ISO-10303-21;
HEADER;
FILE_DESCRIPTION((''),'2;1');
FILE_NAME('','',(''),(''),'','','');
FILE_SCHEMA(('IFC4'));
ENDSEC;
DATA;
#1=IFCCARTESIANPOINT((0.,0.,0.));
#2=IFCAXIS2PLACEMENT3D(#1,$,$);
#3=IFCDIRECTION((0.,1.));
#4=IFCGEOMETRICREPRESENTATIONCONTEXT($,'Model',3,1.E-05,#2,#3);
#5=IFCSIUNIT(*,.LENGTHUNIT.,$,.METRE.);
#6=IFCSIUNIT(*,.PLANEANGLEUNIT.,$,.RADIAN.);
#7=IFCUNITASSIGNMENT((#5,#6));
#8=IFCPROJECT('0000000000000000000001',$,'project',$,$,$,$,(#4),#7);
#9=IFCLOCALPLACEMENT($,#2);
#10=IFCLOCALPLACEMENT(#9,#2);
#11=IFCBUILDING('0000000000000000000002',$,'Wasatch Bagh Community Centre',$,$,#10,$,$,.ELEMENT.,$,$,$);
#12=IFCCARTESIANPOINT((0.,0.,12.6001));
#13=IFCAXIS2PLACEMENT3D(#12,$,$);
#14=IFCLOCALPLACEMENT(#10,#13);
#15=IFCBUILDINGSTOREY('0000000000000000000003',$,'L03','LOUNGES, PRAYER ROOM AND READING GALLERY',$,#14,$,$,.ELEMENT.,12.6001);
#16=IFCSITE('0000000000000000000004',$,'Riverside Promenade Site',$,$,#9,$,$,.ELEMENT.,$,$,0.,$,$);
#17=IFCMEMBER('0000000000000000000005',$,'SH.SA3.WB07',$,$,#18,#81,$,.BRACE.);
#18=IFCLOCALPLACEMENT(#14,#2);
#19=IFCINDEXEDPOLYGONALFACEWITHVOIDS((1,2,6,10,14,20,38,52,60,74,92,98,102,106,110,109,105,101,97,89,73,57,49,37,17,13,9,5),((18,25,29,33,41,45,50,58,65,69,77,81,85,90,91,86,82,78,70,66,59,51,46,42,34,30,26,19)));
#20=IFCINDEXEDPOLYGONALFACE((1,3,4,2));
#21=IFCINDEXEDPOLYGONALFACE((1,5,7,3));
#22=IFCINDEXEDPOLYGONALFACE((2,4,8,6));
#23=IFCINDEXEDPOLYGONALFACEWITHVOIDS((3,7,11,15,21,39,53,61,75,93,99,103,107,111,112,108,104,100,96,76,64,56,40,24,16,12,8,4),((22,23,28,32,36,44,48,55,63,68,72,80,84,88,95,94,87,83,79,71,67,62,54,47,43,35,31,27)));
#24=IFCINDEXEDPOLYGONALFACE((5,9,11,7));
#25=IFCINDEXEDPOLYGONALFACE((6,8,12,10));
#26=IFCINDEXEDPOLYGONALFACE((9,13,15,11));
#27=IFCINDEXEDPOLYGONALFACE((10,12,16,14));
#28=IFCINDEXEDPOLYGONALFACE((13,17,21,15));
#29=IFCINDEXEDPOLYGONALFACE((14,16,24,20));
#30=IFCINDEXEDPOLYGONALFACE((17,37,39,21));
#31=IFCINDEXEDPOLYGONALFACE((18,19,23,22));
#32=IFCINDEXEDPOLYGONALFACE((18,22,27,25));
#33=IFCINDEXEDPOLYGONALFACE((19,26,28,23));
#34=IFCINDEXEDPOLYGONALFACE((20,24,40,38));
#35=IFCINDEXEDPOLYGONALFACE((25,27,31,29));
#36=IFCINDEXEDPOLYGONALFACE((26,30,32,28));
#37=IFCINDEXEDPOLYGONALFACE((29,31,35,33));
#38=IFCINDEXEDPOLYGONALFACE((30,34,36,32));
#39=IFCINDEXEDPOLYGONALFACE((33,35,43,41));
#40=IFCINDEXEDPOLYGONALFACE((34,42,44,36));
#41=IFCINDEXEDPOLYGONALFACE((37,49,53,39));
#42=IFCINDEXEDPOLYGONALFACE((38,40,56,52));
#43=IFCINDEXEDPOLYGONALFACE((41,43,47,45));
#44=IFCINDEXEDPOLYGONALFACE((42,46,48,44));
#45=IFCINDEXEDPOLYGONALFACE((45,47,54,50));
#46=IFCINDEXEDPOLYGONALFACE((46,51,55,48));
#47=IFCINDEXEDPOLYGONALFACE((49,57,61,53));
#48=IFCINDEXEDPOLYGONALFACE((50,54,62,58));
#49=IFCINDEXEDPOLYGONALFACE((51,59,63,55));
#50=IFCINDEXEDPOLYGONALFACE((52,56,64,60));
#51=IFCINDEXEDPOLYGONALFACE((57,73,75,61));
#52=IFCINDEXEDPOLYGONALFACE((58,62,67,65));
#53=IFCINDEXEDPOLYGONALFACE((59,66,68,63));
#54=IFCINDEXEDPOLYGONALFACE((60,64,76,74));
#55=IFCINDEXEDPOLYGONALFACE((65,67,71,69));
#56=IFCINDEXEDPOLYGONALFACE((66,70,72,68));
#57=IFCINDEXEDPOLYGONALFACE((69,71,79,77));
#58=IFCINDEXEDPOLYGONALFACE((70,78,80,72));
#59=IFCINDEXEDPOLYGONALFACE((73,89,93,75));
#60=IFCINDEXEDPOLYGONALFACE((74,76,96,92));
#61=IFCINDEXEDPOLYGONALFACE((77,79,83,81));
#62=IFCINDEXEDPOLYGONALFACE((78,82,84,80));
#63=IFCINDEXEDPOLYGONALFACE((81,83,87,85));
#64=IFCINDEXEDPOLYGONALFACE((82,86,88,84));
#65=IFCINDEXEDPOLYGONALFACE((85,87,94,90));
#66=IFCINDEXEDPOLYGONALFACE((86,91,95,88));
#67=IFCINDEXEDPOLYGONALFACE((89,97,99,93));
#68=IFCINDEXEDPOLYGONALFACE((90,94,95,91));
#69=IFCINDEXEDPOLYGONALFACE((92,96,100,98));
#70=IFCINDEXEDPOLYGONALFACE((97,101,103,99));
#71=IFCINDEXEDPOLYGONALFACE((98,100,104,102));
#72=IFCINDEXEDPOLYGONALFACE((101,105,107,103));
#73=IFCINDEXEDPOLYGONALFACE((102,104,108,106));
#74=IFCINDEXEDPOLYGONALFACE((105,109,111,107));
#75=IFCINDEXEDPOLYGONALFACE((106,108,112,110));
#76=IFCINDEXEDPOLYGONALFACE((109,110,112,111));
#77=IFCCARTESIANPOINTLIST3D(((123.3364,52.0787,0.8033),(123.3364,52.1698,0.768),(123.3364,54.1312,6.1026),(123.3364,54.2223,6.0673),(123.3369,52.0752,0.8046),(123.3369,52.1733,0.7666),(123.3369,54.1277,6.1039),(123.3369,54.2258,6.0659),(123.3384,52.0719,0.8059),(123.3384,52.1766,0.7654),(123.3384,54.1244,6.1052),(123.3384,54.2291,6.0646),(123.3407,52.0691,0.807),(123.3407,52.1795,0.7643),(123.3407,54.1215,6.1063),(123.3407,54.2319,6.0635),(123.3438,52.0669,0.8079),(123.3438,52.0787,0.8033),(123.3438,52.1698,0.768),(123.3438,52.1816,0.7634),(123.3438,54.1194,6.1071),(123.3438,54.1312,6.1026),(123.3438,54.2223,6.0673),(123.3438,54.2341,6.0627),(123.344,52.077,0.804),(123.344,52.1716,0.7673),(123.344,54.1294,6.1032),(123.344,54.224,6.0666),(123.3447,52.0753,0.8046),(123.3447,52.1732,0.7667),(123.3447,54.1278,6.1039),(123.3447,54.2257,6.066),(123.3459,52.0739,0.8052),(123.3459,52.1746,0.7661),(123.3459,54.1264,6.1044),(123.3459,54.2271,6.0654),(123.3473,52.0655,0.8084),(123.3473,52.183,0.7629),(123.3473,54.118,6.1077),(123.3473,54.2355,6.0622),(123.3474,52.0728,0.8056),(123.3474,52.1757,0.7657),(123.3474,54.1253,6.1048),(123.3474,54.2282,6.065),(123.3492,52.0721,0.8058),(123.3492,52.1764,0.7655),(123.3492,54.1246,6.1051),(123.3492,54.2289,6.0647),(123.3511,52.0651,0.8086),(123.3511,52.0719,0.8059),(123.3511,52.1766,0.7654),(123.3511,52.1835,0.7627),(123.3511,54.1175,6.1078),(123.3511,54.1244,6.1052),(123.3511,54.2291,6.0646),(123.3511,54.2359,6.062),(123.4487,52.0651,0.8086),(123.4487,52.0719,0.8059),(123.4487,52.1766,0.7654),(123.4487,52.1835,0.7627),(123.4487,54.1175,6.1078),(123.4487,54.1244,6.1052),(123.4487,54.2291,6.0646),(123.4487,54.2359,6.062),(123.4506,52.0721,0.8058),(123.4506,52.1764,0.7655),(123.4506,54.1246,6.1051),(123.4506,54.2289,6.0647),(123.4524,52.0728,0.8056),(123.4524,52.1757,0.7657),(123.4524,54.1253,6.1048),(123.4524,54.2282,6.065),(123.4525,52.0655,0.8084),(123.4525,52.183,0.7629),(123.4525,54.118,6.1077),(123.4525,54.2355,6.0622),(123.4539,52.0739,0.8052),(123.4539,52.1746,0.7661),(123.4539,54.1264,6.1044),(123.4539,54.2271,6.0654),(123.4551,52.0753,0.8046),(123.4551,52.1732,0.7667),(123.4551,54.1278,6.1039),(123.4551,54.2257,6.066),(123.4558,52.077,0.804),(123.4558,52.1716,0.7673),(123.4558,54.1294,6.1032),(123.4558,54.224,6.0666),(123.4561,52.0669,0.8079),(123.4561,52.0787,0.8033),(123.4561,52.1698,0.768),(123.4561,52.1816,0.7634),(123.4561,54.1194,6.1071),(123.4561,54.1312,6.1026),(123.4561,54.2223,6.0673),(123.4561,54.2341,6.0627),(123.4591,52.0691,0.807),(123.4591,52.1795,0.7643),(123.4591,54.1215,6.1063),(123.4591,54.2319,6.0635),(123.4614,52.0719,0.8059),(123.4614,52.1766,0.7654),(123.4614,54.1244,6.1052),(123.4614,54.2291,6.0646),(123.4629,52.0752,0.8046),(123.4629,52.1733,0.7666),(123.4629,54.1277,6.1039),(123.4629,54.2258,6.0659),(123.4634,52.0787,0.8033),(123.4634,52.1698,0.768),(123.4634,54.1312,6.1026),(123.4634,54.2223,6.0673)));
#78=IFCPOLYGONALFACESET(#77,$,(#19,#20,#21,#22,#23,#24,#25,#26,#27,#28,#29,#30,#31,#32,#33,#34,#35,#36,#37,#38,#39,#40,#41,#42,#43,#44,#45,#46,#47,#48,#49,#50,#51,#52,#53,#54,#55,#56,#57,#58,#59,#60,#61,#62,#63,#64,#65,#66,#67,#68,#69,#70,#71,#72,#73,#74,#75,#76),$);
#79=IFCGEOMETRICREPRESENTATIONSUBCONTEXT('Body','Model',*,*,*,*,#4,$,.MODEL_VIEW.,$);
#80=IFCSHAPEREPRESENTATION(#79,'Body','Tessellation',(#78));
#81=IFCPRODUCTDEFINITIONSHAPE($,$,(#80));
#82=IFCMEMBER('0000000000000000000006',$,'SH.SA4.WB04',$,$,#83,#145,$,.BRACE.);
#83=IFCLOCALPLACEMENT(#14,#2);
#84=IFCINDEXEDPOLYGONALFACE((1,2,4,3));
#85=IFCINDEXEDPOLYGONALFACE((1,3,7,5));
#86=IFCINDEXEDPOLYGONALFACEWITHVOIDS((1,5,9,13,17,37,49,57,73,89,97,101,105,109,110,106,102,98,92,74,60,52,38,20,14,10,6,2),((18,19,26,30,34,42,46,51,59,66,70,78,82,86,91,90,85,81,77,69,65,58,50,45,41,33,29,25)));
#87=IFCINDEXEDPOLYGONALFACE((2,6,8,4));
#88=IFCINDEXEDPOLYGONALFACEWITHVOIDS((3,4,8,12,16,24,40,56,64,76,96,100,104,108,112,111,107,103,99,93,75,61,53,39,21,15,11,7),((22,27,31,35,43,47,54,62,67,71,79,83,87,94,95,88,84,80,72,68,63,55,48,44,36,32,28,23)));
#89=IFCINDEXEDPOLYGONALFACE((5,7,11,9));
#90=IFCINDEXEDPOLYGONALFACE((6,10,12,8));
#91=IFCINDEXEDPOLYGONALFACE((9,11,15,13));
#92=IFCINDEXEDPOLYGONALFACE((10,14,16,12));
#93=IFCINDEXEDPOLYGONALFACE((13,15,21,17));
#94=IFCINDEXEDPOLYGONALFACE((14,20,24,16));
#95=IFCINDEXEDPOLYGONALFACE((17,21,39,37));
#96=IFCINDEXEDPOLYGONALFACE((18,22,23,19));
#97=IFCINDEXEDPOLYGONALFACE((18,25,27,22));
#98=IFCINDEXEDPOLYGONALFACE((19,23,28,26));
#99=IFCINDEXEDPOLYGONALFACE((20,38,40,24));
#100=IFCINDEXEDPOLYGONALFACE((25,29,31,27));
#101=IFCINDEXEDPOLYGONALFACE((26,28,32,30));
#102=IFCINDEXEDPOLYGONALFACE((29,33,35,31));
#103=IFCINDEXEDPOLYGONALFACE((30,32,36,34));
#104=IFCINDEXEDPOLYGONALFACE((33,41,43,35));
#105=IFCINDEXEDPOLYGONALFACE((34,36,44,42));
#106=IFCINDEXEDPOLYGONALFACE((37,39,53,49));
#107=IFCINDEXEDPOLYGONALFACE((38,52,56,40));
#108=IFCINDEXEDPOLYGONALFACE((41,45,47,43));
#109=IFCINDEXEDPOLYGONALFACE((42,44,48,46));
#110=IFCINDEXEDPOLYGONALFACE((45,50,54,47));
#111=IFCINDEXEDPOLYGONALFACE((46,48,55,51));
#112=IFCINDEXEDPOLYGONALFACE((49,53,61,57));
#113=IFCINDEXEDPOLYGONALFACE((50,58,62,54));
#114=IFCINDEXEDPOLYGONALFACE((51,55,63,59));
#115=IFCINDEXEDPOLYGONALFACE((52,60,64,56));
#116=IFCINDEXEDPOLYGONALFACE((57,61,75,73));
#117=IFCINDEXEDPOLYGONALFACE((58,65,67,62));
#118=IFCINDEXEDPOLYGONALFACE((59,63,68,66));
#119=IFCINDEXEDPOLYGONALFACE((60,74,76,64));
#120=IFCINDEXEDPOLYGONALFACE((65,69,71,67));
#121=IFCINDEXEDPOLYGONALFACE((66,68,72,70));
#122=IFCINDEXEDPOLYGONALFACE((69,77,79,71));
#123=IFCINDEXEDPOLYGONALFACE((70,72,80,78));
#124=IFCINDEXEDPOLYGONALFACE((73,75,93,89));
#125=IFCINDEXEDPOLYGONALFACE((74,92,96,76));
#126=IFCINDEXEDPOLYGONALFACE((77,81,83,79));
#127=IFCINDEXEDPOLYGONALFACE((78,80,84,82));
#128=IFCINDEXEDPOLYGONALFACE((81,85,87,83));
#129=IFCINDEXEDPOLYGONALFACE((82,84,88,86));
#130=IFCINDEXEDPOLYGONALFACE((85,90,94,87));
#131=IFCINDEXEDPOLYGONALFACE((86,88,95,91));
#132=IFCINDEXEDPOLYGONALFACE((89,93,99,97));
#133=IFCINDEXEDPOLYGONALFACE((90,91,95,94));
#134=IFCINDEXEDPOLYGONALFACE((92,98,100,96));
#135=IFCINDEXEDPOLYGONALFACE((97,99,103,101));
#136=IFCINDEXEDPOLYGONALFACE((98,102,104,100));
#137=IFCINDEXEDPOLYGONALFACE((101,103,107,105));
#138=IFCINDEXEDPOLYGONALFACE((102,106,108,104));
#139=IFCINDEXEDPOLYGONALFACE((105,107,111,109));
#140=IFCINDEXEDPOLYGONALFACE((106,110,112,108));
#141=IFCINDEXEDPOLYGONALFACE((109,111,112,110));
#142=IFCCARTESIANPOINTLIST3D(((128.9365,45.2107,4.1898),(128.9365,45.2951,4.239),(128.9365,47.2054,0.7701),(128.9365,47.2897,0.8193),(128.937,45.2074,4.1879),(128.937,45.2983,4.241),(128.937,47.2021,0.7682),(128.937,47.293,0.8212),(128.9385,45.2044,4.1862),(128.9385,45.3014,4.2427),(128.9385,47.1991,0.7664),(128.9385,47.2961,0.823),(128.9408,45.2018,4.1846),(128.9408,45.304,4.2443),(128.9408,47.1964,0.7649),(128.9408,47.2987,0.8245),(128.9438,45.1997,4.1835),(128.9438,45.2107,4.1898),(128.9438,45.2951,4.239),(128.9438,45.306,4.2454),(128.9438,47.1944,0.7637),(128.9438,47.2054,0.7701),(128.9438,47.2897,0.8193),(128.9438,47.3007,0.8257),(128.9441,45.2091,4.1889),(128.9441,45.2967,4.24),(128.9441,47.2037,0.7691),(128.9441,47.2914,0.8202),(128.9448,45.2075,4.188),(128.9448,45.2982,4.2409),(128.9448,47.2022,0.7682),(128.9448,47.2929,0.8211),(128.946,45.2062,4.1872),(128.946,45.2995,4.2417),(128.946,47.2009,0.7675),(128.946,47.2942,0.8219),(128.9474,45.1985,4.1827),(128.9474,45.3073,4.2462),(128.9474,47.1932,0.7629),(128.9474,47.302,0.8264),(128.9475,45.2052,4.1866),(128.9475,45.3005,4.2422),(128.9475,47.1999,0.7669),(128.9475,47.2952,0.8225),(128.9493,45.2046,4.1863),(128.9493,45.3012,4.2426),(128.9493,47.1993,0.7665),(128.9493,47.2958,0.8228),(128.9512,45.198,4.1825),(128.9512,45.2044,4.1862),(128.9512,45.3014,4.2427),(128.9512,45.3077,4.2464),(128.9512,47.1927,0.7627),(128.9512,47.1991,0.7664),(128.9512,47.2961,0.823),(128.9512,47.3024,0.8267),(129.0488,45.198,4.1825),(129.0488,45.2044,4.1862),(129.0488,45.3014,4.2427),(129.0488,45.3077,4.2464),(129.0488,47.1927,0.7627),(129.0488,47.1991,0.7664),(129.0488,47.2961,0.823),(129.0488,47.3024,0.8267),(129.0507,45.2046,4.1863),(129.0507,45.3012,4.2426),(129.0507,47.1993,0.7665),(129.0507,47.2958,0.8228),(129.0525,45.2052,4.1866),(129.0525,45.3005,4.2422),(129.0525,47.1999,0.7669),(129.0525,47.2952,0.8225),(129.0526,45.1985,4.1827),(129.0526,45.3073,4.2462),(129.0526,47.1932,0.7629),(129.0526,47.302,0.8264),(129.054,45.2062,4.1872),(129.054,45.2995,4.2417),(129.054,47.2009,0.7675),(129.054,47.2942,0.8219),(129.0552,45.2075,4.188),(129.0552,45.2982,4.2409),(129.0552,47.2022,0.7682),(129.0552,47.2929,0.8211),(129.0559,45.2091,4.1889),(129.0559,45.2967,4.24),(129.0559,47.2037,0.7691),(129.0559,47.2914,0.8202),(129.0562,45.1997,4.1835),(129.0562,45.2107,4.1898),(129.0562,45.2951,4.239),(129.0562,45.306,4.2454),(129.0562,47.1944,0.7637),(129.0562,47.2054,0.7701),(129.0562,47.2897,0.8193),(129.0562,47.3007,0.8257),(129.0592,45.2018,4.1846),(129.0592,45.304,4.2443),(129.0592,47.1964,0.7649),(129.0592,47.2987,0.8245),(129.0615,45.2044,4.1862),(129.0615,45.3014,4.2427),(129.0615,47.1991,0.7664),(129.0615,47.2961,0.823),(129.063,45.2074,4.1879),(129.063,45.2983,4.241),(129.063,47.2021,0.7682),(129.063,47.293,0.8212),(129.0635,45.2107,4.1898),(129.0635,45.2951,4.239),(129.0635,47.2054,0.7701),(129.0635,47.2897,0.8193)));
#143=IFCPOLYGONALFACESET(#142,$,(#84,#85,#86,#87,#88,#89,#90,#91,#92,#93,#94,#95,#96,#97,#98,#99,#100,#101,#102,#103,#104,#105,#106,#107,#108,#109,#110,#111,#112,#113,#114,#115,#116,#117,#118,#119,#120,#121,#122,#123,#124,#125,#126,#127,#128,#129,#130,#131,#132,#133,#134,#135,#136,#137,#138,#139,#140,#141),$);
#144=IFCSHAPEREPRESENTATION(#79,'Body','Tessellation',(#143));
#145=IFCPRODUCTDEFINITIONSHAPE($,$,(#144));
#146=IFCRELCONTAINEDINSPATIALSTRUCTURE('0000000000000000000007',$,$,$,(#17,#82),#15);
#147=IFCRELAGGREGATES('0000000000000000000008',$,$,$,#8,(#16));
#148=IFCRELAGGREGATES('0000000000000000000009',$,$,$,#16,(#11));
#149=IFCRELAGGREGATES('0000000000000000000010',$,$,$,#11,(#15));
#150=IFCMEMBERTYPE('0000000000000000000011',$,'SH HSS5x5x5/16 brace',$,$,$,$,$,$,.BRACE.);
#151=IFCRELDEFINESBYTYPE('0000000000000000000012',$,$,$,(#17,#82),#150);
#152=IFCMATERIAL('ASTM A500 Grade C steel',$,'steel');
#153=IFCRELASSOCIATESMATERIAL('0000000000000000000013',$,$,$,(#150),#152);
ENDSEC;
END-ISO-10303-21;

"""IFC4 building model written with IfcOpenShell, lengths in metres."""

from ifc_helpers import new_model, si_unit, direction, frame, origin, origin_2d, place, context, subcontext, project, spatial, hollow_rectangle, extrude, material, material_profile, profile_set, type_object, element, save


model = new_model("IFC4")

# Units and contexts
model_context = context("Model", 3, precision=1e-05, world=origin(), true_north=direction((0.0, 1.0)))
body_context = subcontext(model_context, "Body", "Model", "MODEL_VIEW")
ifc_project = project(units=[si_unit("LENGTHUNIT", "METRE"), si_unit("PLANEANGLEUNIT", "RADIAN")], contexts=[model_context])

# Site, building, storey
site_placement = place(None, origin())
site = spatial("IfcSite", under=ifc_project, at=site_placement, Name="Riverside Promenade Site", CompositionType="ELEMENT", RefElevation=0.0)
building_placement = place(site_placement, origin())
building = spatial("IfcBuilding", under=site, at=building_placement, Name="Wasatch Bagh Community Centre", CompositionType="ELEMENT")
storey_placement = place(building_placement, frame((0.0, 0.0, 12.6001)))
storey = spatial("IfcBuildingStorey", under=building, at=storey_placement, Name="L03", Description="LOUNGES, PRAYER ROOM AND READING GALLERY", CompositionType="ELEMENT", Elevation=12.6001)

# Members
ifc_material_1 = material(Name="ASTM A500 Grade C steel", Category="steel")
ifc_material_profile_1 = material_profile(ifc_material_1, hollow_rectangle(XDim=0.127, YDim=0.127, WallThickness=0.0073, InnerFilletRadius=0.0073, OuterFilletRadius=0.0146, at=origin_2d()), Name="HSS5x5x5/16")
ifc_profile_set_1 = profile_set([ifc_material_profile_1], Name="ASTM A500 Grade C steel")
member_type_1 = type_object("IfcMemberType", Name="SH HSS5x5x5/16 brace", PredefinedType="BRACE", material=ifc_profile_set_1)
for number, where, z_axis, x_axis, name in (
    (1, (123.3999, 52.1243, 0.7856), (0.0, 0.361169, 0.9325), (-1.0, 0.0, 0.0), "SH.SA3.WB07"),
):
    element("IfcMember", number, at=place(storey_placement, frame(where, z_axis=z_axis, x_axis=x_axis)), inside=storey, type_object=member_type_1, Name=name, PredefinedType="BRACE", context=body_context, shape_type="SweptSolid", body=[
        extrude(hollow_rectangle(XDim=0.127, YDim=0.127, WallThickness=0.0073, InnerFilletRadius=0.0073, OuterFilletRadius=0.0146, at=origin_2d()), origin(), (0.0, 0.0, 1.0), 5.6829),
    ])
member_1_placement = place(storey_placement, frame((129.0, 47.2476, 0.7947), z_axis=(0.0, -0.503837, 0.863799), x_axis=(1.0, 0.0, 0.0)))
element("IfcMember", 2, at=member_1_placement, inside=storey, type_object=member_type_1, Name="SH.SA4.WB04", PredefinedType="BRACE", context=body_context, shape_type="SweptSolid", body=[
    extrude(hollow_rectangle(XDim=0.127, YDim=0.127, WallThickness=0.0073, InnerFilletRadius=0.0073, OuterFilletRadius=0.0146, at=origin_2d()), origin(), (0.0, 0.0, 1.0), 3.959),
])

save(model, "model.ifc")
